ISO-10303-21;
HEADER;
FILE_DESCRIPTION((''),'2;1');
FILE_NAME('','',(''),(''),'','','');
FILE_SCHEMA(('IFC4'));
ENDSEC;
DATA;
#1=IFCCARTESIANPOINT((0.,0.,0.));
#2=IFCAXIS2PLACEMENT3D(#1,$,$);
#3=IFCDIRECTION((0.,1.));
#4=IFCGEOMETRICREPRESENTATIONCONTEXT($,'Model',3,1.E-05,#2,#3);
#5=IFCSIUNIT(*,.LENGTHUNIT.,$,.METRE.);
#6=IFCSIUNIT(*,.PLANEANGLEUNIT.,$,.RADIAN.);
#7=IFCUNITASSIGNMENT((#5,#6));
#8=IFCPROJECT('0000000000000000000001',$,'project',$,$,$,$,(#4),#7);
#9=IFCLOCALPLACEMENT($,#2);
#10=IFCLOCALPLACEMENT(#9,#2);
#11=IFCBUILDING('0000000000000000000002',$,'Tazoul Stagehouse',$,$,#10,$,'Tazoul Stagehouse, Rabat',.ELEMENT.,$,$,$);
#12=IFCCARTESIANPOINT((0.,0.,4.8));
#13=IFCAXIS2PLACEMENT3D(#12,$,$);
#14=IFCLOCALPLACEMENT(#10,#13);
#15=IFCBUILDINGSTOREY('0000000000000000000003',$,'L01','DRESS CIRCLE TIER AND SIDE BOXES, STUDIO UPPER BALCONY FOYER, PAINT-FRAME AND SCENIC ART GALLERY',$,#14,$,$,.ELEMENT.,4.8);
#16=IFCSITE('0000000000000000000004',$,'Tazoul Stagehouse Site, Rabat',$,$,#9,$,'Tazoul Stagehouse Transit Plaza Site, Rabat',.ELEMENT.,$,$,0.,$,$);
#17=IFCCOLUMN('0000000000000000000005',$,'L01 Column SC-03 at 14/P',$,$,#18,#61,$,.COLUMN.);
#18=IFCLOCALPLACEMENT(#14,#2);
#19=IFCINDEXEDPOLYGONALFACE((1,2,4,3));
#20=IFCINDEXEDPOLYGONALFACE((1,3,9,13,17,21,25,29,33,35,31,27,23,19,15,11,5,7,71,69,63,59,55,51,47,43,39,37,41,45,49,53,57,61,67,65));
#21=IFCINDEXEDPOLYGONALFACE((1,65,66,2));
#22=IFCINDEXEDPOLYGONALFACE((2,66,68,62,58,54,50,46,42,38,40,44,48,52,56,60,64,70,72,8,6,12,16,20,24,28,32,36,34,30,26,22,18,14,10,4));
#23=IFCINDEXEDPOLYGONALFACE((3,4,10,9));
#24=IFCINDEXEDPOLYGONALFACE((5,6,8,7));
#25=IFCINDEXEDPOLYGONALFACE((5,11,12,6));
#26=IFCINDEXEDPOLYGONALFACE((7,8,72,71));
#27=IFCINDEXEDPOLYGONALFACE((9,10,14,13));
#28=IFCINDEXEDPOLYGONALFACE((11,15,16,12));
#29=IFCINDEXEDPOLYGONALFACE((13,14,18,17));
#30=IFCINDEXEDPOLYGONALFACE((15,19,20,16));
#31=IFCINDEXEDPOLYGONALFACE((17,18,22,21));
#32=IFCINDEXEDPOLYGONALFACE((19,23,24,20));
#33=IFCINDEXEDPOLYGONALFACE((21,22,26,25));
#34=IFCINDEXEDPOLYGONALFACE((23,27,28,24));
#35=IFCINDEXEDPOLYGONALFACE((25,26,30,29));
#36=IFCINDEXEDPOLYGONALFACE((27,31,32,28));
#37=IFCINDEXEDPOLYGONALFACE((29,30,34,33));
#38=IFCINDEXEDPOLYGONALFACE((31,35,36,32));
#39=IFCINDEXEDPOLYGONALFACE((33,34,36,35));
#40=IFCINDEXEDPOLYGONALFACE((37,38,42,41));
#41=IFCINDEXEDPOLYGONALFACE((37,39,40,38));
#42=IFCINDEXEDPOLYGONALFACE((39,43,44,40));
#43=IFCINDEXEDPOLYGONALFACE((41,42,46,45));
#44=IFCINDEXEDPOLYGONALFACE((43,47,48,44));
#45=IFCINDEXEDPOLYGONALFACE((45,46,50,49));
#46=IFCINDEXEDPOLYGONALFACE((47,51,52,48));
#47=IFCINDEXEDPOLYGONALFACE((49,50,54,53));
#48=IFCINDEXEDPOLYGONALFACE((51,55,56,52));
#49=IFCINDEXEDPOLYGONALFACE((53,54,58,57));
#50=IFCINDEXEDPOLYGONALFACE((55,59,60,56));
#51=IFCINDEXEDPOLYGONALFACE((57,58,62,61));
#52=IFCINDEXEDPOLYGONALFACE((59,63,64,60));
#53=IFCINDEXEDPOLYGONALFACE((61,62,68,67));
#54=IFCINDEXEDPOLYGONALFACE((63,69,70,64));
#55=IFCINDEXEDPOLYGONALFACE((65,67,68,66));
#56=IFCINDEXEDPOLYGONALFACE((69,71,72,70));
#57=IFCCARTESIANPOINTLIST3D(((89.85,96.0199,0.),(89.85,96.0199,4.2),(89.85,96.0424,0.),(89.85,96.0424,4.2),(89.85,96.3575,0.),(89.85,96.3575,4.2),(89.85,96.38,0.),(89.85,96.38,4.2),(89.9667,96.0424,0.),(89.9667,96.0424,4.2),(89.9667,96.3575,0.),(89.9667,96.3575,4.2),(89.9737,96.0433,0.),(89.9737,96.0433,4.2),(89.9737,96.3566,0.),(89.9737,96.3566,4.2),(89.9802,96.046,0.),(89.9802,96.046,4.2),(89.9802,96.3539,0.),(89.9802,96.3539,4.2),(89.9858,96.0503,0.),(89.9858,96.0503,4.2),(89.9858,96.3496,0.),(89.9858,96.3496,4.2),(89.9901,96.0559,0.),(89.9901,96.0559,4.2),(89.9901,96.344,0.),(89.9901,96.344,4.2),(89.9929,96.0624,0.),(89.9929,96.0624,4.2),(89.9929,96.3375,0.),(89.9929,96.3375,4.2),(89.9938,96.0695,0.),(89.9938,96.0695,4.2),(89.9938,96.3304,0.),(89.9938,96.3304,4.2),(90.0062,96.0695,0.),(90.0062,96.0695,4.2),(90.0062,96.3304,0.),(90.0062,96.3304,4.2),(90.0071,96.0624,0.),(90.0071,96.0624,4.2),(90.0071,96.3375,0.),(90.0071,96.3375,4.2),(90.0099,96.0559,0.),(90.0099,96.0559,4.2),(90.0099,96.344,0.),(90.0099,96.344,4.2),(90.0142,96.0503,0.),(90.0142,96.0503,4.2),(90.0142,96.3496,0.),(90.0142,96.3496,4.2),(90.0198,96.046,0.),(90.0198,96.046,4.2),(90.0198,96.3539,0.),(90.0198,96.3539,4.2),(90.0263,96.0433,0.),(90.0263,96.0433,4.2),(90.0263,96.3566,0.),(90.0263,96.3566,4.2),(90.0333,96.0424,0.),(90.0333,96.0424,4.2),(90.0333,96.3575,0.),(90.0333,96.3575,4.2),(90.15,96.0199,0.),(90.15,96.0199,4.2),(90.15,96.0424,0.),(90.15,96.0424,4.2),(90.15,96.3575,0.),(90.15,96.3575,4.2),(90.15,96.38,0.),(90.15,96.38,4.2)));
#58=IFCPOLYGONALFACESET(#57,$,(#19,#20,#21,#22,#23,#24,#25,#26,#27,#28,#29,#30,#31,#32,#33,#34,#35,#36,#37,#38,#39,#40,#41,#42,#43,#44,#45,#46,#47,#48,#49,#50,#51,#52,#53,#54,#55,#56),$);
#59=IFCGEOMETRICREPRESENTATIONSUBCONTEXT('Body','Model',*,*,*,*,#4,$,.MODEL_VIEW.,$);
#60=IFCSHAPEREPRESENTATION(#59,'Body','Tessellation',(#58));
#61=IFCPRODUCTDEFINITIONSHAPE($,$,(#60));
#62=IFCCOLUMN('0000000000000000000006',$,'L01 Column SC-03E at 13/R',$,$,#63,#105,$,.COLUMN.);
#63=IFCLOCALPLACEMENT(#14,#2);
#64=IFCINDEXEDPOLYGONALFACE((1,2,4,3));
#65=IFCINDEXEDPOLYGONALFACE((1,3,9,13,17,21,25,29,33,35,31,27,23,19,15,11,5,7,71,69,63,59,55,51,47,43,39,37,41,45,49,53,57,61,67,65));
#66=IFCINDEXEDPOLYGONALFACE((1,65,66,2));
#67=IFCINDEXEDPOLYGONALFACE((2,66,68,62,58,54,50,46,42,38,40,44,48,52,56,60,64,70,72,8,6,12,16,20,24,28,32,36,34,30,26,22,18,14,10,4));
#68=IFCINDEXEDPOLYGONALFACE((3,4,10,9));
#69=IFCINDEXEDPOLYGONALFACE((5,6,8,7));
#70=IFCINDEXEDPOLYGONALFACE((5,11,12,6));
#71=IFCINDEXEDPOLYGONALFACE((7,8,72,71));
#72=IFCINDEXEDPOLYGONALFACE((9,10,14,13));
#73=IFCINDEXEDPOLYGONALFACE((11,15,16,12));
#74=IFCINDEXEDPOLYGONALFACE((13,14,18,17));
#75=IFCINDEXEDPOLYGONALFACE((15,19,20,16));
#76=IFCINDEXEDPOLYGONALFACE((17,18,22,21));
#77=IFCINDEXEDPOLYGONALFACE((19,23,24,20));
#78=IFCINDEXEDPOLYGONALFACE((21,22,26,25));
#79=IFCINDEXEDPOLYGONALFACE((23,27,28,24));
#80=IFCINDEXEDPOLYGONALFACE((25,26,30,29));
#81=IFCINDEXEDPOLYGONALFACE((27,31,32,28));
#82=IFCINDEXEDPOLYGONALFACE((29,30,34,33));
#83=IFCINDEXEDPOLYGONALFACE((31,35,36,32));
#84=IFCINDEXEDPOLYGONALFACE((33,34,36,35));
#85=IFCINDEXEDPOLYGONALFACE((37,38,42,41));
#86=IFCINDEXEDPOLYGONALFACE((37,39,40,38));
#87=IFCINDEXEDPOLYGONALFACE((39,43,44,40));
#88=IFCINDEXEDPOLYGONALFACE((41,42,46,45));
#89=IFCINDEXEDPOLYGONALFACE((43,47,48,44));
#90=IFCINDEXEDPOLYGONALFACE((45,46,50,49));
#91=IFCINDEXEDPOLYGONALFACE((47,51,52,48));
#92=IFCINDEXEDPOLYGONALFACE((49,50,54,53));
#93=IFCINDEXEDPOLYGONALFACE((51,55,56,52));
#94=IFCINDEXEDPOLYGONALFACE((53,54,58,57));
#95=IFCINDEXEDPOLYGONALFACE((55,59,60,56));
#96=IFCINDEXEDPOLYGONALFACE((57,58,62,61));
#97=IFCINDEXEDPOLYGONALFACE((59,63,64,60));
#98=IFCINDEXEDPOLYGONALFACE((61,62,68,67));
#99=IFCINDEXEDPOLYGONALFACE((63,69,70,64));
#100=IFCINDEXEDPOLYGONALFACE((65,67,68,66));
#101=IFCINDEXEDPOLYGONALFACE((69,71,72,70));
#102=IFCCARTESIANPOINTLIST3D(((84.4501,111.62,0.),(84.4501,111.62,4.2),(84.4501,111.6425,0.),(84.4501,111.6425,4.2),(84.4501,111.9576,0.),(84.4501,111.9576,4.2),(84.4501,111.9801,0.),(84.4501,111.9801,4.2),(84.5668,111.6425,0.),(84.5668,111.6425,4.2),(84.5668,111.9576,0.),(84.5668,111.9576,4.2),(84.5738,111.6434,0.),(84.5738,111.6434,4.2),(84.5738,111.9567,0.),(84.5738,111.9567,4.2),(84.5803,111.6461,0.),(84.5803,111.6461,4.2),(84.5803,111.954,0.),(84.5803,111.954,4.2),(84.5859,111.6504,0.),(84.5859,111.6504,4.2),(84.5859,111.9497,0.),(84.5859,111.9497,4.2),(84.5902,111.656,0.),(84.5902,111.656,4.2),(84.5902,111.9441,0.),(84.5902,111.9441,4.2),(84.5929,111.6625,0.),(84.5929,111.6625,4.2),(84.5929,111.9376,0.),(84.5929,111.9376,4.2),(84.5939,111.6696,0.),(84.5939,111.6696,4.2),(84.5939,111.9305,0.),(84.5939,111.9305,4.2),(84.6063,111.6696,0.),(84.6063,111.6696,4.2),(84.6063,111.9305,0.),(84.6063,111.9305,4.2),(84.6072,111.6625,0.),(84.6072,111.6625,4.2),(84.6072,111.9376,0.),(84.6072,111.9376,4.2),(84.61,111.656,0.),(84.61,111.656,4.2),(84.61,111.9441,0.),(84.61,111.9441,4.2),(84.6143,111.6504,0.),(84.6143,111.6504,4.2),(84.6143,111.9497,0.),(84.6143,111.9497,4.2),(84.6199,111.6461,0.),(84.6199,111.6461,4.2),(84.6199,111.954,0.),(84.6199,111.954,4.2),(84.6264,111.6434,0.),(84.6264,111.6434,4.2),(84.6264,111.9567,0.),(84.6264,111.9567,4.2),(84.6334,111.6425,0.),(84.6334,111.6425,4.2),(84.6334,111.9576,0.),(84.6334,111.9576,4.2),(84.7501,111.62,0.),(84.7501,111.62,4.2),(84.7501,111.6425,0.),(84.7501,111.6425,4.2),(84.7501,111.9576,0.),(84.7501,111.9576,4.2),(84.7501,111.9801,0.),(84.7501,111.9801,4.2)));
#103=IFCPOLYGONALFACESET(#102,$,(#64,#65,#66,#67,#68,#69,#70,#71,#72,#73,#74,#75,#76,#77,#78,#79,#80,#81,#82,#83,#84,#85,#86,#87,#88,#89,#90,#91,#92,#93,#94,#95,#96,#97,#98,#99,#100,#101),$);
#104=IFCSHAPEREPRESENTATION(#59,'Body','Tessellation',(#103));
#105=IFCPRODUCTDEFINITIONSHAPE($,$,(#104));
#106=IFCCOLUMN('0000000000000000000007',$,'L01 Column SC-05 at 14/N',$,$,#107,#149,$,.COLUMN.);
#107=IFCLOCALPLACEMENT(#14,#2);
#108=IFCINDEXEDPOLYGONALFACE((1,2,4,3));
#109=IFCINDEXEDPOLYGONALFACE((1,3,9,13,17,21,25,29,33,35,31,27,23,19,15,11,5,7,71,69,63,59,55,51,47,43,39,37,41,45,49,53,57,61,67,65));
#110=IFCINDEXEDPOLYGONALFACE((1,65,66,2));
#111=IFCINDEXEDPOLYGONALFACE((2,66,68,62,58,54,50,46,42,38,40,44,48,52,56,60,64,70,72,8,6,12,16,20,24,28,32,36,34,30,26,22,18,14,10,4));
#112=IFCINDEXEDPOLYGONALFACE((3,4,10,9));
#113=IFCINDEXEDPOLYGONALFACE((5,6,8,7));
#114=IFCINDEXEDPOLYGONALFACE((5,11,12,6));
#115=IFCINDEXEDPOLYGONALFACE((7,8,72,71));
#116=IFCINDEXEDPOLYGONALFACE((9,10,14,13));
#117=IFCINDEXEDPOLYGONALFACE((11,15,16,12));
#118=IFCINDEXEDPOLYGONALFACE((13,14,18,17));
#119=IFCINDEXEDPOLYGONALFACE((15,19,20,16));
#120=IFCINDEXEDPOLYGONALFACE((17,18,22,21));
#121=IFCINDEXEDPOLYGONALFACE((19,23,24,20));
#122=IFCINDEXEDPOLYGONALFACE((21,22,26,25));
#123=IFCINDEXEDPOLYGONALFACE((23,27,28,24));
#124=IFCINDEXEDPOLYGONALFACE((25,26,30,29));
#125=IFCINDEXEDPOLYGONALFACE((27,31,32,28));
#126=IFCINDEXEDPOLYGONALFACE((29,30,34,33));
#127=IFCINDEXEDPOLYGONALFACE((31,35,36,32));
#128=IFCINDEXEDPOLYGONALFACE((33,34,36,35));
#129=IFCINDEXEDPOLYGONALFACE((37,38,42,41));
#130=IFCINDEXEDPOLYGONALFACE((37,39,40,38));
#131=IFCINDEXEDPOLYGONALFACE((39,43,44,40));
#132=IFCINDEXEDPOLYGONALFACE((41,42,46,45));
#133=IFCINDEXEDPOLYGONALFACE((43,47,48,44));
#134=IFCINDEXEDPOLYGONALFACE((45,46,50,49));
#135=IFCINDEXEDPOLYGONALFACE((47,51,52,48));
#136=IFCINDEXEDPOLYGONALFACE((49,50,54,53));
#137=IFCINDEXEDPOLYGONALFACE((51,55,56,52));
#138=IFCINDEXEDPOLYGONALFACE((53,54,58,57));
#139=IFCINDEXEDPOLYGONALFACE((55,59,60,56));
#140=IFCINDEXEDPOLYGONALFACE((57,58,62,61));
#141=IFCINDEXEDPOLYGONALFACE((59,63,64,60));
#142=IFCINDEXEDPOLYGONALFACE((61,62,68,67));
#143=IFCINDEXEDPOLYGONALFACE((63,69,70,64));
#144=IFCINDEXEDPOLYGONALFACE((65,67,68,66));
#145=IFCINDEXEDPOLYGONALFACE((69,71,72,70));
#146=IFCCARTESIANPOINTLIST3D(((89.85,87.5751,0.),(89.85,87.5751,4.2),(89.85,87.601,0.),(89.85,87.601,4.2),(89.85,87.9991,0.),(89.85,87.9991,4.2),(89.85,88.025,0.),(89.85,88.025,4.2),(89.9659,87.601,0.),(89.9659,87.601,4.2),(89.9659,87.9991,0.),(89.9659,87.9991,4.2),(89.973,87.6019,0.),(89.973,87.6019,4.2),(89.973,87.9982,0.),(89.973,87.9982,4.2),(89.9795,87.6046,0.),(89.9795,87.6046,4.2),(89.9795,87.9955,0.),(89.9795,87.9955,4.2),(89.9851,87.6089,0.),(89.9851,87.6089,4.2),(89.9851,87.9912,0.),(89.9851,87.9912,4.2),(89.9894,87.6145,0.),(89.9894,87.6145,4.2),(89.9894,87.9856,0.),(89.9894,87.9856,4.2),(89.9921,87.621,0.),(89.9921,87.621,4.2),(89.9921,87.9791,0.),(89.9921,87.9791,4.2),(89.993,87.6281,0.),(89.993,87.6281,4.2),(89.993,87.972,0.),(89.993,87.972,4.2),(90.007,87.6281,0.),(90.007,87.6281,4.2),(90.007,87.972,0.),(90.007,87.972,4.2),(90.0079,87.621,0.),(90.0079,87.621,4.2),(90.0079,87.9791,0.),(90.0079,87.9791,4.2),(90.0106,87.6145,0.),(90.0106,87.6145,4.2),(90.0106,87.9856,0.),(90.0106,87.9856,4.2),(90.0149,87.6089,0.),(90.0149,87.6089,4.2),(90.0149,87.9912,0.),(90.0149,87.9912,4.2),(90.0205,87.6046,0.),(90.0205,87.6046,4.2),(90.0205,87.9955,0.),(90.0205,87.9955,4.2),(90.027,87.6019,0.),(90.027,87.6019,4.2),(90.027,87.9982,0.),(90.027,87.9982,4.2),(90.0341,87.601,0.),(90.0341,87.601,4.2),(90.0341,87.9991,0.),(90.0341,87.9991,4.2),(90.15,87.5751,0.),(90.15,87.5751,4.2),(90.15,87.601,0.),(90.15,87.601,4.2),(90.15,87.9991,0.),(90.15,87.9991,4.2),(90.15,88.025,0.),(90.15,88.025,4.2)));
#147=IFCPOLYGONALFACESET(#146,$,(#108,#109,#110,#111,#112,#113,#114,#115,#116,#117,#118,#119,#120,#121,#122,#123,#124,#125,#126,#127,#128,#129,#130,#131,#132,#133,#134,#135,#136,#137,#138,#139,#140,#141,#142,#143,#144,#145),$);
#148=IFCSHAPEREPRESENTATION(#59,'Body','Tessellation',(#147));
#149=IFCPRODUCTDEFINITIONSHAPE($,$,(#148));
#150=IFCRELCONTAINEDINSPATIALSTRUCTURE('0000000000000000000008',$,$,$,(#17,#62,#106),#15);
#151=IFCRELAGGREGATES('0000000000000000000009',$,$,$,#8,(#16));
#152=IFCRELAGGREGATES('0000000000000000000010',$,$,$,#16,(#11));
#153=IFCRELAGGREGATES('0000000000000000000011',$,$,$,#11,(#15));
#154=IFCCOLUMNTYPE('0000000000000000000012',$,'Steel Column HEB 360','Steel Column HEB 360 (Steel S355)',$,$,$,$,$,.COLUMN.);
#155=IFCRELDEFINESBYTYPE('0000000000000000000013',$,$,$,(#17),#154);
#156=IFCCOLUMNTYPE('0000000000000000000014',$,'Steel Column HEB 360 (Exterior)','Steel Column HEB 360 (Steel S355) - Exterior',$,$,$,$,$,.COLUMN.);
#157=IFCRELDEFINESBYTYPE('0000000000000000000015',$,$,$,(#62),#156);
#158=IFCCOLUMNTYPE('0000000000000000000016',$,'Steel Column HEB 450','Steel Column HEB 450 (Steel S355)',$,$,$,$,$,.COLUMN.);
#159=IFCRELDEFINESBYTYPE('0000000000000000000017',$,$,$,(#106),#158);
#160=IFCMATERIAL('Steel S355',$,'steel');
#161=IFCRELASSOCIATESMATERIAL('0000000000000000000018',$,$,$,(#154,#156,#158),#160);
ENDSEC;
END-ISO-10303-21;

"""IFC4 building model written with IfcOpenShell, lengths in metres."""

from ifc_helpers import new_model, si_unit, direction, frame, origin, origin_2d, place, context, subcontext, project, spatial, i_section, extrude, material, material_profile, profile_set, type_object, element, save


model = new_model("IFC4")

# Units and contexts
model_context = context("Model", 3, precision=1e-05, world=origin(), true_north=direction((0.0, 1.0)))
body_context = subcontext(model_context, "Body", "Model", "MODEL_VIEW")
ifc_project = project(units=[si_unit("LENGTHUNIT", "METRE"), si_unit("PLANEANGLEUNIT", "RADIAN")], contexts=[model_context])

# Site, building, storey
site_placement = place(None, origin())
site = spatial("IfcSite", under=ifc_project, at=site_placement, Name="Tazoul Stagehouse Site, Rabat", LongName="Tazoul Stagehouse Transit Plaza Site, Rabat", CompositionType="ELEMENT", RefElevation=0.0)
building_placement = place(site_placement, origin())
building = spatial("IfcBuilding", under=site, at=building_placement, Name="Tazoul Stagehouse", LongName="Tazoul Stagehouse, Rabat", CompositionType="ELEMENT")
storey_placement = place(building_placement, frame((0.0, 0.0, 4.8)))
storey = spatial("IfcBuildingStorey", under=building, at=storey_placement, Name="L01", Description="DRESS CIRCLE TIER AND SIDE BOXES, STUDIO UPPER BALCONY FOYER, PAINT-FRAME AND SCENIC ART GALLERY", CompositionType="ELEMENT", Elevation=4.8)

# Columns
ifc_material_1 = material(Name="Steel S355", Category="steel")
ifc_material_profile_1 = material_profile(ifc_material_1, i_section(OverallWidth=0.3, OverallDepth=0.3601, WebThickness=0.0125, FlangeThickness=0.0225, FilletRadius=0.0271, at=origin_2d()), Name="HEB 360")
ifc_profile_set_1 = profile_set([ifc_material_profile_1], Name="Steel S355")
column_type_1 = type_object("IfcColumnType", Name="Steel Column HEB 360", Description="Steel Column HEB 360 (Steel S355)", PredefinedType="COLUMN", material=ifc_profile_set_1)
column_1_placement = place(storey_placement, frame((90.0, 96.2, 0.0), z_axis=(0.0, 0.0, 1.0), x_axis=(1.0, 0.0, 0.0)))
element("IfcColumn", 1, at=column_1_placement, inside=storey, type_object=column_type_1, Name="L01 Column SC-03 at 14/P", PredefinedType="COLUMN", context=body_context, shape_type="SweptSolid", body=[
    extrude(i_section(OverallWidth=0.3, OverallDepth=0.3601, WebThickness=0.0125, FlangeThickness=0.0225, FilletRadius=0.0271, at=origin_2d()), origin(), (0.0, 0.0, 1.0), 4.2),
])
ifc_material_profile_2 = material_profile(ifc_material_1, i_section(OverallWidth=0.3, OverallDepth=0.3601, WebThickness=0.0125, FlangeThickness=0.0225, FilletRadius=0.0271, at=origin_2d()), Name="HEB 360")
ifc_profile_set_2 = profile_set([ifc_material_profile_2], Name="Steel S355")
column_type_2 = type_object("IfcColumnType", Name="Steel Column HEB 360 (Exterior)", Description="Steel Column HEB 360 (Steel S355) - Exterior", PredefinedType="COLUMN", material=ifc_profile_set_2)
column_2_placement = place(storey_placement, frame((84.6001, 111.8, 0.0), z_axis=(0.0, 0.0, 1.0), x_axis=(1.0, 0.0, 0.0)))
element("IfcColumn", 2, at=column_2_placement, inside=storey, type_object=column_type_2, Name="L01 Column SC-03E at 13/R", PredefinedType="COLUMN", context=body_context, shape_type="SweptSolid", body=[
    extrude(i_section(OverallWidth=0.3, OverallDepth=0.3601, WebThickness=0.0125, FlangeThickness=0.0225, FilletRadius=0.0271, at=origin_2d()), origin(), (0.0, 0.0, 1.0), 4.2),
])
ifc_material_profile_3 = material_profile(ifc_material_1, i_section(OverallWidth=0.3, OverallDepth=0.45, WebThickness=0.0139, FlangeThickness=0.0259, FilletRadius=0.0271, at=origin_2d()), Name="HEB 450")
ifc_profile_set_3 = profile_set([ifc_material_profile_3], Name="Steel S355")
column_type_3 = type_object("IfcColumnType", Name="Steel Column HEB 450", Description="Steel Column HEB 450 (Steel S355)", PredefinedType="COLUMN", material=ifc_profile_set_3)
column_3_placement = place(storey_placement, frame((90.0, 87.8, 0.0), z_axis=(0.0, 0.0, 1.0), x_axis=(1.0, 0.0, 0.0)))
element("IfcColumn", 3, at=column_3_placement, inside=storey, type_object=column_type_3, Name="L01 Column SC-05 at 14/N", PredefinedType="COLUMN", context=body_context, shape_type="SweptSolid", body=[
    extrude(i_section(OverallWidth=0.3, OverallDepth=0.45, WebThickness=0.0139, FlangeThickness=0.0259, FilletRadius=0.0271, at=origin_2d()), origin(), (0.0, 0.0, 1.0), 4.2),
])

save(model, "model.ifc")
